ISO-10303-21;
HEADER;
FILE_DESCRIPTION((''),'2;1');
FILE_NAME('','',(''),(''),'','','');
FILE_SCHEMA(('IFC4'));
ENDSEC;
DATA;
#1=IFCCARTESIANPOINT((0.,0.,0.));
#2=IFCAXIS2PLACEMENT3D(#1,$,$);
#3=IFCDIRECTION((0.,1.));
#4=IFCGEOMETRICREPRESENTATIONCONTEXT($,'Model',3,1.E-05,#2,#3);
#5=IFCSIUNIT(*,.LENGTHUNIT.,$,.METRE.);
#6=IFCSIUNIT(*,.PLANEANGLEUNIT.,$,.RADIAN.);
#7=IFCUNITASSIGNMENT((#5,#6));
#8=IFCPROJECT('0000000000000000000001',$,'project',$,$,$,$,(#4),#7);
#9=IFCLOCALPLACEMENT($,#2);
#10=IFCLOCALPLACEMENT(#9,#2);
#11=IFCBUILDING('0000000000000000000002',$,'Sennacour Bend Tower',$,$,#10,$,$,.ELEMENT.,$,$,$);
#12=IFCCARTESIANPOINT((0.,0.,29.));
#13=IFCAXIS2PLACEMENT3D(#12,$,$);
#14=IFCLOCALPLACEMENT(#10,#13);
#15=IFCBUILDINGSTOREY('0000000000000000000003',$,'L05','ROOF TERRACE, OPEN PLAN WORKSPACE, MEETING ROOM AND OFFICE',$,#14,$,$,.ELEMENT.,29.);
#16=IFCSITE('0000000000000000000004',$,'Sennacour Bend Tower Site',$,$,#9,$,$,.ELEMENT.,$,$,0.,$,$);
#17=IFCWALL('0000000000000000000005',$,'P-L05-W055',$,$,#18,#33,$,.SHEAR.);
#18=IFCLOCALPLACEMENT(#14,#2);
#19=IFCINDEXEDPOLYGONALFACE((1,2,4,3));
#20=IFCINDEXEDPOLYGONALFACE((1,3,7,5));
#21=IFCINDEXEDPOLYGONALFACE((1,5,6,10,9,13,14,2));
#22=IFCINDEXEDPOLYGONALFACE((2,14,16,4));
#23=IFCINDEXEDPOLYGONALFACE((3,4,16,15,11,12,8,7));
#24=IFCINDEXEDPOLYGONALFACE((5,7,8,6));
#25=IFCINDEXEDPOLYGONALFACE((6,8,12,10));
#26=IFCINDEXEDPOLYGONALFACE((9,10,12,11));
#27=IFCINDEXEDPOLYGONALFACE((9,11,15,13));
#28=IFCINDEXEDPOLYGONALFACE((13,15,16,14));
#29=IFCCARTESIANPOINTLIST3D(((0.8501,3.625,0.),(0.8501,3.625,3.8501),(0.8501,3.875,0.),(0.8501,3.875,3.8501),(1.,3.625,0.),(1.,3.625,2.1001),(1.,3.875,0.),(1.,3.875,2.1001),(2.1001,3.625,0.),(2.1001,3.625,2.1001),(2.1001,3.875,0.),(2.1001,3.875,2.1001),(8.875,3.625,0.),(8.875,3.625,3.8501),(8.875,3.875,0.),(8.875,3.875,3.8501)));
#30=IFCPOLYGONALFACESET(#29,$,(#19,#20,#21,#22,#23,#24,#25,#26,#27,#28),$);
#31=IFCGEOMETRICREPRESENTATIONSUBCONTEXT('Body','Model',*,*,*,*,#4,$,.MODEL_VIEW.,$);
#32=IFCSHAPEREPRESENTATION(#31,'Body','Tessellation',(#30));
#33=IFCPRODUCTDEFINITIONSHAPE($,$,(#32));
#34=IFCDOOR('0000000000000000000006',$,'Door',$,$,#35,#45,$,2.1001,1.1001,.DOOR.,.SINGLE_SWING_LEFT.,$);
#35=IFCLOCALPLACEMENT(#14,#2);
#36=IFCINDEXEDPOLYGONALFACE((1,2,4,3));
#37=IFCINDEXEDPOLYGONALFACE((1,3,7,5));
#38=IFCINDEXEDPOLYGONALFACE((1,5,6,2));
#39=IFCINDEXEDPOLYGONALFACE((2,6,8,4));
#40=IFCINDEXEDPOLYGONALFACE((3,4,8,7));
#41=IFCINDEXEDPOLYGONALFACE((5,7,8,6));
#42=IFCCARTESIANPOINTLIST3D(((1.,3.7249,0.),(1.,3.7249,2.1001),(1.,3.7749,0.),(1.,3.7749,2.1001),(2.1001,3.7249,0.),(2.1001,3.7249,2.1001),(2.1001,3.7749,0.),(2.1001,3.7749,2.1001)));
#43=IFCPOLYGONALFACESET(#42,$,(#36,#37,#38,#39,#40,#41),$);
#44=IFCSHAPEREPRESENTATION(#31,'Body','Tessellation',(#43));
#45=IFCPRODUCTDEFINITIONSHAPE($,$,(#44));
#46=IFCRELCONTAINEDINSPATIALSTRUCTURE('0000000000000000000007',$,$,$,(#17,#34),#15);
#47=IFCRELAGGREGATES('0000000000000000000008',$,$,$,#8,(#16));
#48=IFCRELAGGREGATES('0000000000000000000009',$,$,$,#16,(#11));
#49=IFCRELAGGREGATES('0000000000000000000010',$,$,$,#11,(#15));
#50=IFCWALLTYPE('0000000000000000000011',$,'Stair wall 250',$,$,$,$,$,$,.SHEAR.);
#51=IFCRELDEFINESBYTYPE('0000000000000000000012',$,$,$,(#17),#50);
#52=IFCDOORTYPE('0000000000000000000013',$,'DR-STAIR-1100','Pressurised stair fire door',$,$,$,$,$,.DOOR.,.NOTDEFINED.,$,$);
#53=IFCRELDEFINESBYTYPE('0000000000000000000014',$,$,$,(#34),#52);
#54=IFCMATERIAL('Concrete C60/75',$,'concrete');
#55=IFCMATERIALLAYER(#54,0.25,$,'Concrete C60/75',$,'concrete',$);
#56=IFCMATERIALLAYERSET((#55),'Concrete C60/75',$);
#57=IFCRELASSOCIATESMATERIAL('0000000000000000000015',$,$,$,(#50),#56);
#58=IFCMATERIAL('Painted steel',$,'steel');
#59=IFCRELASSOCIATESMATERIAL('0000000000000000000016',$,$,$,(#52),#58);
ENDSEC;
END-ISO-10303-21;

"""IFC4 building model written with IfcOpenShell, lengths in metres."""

from ifc_helpers import new_model, si_unit, direction, frame, frame_2d, origin, place, context, subcontext, project, spatial, rectangle, extrude, material, layer, layer_set, type_object, element, fill, save


model = new_model("IFC4")

# Units and contexts
model_context = context("Model", 3, precision=1e-05, world=origin(), true_north=direction((0.0, 1.0)))
body_context = subcontext(model_context, "Body", "Model", "MODEL_VIEW")
ifc_project = project(units=[si_unit("LENGTHUNIT", "METRE"), si_unit("PLANEANGLEUNIT", "RADIAN")], contexts=[model_context])

# Site, building, storey
site_placement = place(None, origin())
site = spatial("IfcSite", under=ifc_project, at=site_placement, Name="Sennacour Bend Tower Site", CompositionType="ELEMENT", RefElevation=0.0)
building_placement = place(site_placement, origin())
building = spatial("IfcBuilding", under=site, at=building_placement, Name="Sennacour Bend Tower", CompositionType="ELEMENT")
storey_placement = place(building_placement, frame((0.0, 0.0, 29.0)))
storey = spatial("IfcBuildingStorey", under=building, at=storey_placement, Name="L05", Description="ROOF TERRACE, OPEN PLAN WORKSPACE, MEETING ROOM AND OFFICE", CompositionType="ELEMENT", Elevation=29.0)

# Shared definitions
ifc_material_1 = material(Name="Painted steel", Category="steel")

# Wall, opening, door
ifc_material_2 = material(Name="Concrete C60/75", Category="concrete")
ifc_layer_1 = layer(ifc_material_2, 0.25, Name="Concrete C60/75", Category="concrete")
ifc_layer_set_1 = layer_set([ifc_layer_1], Name="Concrete C60/75")
wall_type_1 = type_object("IfcWallType", Name="Stair wall 250", PredefinedType="SHEAR", material=ifc_layer_set_1)
wall_1_placement = place(storey_placement, frame((0.8501, 3.75, 0.0), z_axis=(0.0, 0.0, 1.0), x_axis=(1.0, 0.0, 0.0)))
wall_1 = element("IfcWall", 1, at=wall_1_placement, inside=storey, type_object=wall_type_1, Name="P-L05-W055", PredefinedType="SHEAR", context=body_context, shape_type="SweptSolid", body=[
    extrude(rectangle(XDim=8.0249, YDim=0.25, at=frame_2d((4.0125, 0.0))), origin(), (0.0, 0.0, 1.0), 3.8501),
])
opening_1_placement = place(wall_1_placement, frame((0.1499, 0.0, 0.0)))
opening_1 = element("IfcOpeningElement", 2, at=opening_1_placement, cuts=wall_1, PredefinedType="OPENING", context=body_context, shape_type="SweptSolid", body=[
    extrude(rectangle(XDim=1.1001, YDim=2.1001, at=frame_2d((0.55, 1.05))), frame((0.0, 0.135, 0.0), z_axis=(0.0, -1.0, 0.0), x_axis=(1.0, 0.0, 0.0)), (0.0, 0.0, 1.0), 0.27),
])
door_type_1 = type_object("IfcDoorType", Name="DR-STAIR-1100", Description="Pressurised stair fire door", OperationType="NOTDEFINED", PredefinedType="DOOR", material=ifc_material_1)
door_1_placement = place(opening_1_placement, origin())
door_1 = element("IfcDoor", 3, at=door_1_placement, inside=storey, type_object=door_type_1, Name="Door", OperationType="SINGLE_SWING_LEFT", OverallHeight=2.1001, OverallWidth=1.1001, PredefinedType="DOOR", context=body_context, shape_type="SweptSolid", body=[
    extrude(rectangle(XDim=1.1001, YDim=2.1001, at=frame_2d((0.55, 1.05))), frame((0.0, 0.0249, 0.0), z_axis=(0.0, -1.0, 0.0), x_axis=(1.0, 0.0, 0.0)), (0.0, 0.0, 1.0), 0.05),
])
fill(opening_1, door_1)

save(model, "model.ifc")
